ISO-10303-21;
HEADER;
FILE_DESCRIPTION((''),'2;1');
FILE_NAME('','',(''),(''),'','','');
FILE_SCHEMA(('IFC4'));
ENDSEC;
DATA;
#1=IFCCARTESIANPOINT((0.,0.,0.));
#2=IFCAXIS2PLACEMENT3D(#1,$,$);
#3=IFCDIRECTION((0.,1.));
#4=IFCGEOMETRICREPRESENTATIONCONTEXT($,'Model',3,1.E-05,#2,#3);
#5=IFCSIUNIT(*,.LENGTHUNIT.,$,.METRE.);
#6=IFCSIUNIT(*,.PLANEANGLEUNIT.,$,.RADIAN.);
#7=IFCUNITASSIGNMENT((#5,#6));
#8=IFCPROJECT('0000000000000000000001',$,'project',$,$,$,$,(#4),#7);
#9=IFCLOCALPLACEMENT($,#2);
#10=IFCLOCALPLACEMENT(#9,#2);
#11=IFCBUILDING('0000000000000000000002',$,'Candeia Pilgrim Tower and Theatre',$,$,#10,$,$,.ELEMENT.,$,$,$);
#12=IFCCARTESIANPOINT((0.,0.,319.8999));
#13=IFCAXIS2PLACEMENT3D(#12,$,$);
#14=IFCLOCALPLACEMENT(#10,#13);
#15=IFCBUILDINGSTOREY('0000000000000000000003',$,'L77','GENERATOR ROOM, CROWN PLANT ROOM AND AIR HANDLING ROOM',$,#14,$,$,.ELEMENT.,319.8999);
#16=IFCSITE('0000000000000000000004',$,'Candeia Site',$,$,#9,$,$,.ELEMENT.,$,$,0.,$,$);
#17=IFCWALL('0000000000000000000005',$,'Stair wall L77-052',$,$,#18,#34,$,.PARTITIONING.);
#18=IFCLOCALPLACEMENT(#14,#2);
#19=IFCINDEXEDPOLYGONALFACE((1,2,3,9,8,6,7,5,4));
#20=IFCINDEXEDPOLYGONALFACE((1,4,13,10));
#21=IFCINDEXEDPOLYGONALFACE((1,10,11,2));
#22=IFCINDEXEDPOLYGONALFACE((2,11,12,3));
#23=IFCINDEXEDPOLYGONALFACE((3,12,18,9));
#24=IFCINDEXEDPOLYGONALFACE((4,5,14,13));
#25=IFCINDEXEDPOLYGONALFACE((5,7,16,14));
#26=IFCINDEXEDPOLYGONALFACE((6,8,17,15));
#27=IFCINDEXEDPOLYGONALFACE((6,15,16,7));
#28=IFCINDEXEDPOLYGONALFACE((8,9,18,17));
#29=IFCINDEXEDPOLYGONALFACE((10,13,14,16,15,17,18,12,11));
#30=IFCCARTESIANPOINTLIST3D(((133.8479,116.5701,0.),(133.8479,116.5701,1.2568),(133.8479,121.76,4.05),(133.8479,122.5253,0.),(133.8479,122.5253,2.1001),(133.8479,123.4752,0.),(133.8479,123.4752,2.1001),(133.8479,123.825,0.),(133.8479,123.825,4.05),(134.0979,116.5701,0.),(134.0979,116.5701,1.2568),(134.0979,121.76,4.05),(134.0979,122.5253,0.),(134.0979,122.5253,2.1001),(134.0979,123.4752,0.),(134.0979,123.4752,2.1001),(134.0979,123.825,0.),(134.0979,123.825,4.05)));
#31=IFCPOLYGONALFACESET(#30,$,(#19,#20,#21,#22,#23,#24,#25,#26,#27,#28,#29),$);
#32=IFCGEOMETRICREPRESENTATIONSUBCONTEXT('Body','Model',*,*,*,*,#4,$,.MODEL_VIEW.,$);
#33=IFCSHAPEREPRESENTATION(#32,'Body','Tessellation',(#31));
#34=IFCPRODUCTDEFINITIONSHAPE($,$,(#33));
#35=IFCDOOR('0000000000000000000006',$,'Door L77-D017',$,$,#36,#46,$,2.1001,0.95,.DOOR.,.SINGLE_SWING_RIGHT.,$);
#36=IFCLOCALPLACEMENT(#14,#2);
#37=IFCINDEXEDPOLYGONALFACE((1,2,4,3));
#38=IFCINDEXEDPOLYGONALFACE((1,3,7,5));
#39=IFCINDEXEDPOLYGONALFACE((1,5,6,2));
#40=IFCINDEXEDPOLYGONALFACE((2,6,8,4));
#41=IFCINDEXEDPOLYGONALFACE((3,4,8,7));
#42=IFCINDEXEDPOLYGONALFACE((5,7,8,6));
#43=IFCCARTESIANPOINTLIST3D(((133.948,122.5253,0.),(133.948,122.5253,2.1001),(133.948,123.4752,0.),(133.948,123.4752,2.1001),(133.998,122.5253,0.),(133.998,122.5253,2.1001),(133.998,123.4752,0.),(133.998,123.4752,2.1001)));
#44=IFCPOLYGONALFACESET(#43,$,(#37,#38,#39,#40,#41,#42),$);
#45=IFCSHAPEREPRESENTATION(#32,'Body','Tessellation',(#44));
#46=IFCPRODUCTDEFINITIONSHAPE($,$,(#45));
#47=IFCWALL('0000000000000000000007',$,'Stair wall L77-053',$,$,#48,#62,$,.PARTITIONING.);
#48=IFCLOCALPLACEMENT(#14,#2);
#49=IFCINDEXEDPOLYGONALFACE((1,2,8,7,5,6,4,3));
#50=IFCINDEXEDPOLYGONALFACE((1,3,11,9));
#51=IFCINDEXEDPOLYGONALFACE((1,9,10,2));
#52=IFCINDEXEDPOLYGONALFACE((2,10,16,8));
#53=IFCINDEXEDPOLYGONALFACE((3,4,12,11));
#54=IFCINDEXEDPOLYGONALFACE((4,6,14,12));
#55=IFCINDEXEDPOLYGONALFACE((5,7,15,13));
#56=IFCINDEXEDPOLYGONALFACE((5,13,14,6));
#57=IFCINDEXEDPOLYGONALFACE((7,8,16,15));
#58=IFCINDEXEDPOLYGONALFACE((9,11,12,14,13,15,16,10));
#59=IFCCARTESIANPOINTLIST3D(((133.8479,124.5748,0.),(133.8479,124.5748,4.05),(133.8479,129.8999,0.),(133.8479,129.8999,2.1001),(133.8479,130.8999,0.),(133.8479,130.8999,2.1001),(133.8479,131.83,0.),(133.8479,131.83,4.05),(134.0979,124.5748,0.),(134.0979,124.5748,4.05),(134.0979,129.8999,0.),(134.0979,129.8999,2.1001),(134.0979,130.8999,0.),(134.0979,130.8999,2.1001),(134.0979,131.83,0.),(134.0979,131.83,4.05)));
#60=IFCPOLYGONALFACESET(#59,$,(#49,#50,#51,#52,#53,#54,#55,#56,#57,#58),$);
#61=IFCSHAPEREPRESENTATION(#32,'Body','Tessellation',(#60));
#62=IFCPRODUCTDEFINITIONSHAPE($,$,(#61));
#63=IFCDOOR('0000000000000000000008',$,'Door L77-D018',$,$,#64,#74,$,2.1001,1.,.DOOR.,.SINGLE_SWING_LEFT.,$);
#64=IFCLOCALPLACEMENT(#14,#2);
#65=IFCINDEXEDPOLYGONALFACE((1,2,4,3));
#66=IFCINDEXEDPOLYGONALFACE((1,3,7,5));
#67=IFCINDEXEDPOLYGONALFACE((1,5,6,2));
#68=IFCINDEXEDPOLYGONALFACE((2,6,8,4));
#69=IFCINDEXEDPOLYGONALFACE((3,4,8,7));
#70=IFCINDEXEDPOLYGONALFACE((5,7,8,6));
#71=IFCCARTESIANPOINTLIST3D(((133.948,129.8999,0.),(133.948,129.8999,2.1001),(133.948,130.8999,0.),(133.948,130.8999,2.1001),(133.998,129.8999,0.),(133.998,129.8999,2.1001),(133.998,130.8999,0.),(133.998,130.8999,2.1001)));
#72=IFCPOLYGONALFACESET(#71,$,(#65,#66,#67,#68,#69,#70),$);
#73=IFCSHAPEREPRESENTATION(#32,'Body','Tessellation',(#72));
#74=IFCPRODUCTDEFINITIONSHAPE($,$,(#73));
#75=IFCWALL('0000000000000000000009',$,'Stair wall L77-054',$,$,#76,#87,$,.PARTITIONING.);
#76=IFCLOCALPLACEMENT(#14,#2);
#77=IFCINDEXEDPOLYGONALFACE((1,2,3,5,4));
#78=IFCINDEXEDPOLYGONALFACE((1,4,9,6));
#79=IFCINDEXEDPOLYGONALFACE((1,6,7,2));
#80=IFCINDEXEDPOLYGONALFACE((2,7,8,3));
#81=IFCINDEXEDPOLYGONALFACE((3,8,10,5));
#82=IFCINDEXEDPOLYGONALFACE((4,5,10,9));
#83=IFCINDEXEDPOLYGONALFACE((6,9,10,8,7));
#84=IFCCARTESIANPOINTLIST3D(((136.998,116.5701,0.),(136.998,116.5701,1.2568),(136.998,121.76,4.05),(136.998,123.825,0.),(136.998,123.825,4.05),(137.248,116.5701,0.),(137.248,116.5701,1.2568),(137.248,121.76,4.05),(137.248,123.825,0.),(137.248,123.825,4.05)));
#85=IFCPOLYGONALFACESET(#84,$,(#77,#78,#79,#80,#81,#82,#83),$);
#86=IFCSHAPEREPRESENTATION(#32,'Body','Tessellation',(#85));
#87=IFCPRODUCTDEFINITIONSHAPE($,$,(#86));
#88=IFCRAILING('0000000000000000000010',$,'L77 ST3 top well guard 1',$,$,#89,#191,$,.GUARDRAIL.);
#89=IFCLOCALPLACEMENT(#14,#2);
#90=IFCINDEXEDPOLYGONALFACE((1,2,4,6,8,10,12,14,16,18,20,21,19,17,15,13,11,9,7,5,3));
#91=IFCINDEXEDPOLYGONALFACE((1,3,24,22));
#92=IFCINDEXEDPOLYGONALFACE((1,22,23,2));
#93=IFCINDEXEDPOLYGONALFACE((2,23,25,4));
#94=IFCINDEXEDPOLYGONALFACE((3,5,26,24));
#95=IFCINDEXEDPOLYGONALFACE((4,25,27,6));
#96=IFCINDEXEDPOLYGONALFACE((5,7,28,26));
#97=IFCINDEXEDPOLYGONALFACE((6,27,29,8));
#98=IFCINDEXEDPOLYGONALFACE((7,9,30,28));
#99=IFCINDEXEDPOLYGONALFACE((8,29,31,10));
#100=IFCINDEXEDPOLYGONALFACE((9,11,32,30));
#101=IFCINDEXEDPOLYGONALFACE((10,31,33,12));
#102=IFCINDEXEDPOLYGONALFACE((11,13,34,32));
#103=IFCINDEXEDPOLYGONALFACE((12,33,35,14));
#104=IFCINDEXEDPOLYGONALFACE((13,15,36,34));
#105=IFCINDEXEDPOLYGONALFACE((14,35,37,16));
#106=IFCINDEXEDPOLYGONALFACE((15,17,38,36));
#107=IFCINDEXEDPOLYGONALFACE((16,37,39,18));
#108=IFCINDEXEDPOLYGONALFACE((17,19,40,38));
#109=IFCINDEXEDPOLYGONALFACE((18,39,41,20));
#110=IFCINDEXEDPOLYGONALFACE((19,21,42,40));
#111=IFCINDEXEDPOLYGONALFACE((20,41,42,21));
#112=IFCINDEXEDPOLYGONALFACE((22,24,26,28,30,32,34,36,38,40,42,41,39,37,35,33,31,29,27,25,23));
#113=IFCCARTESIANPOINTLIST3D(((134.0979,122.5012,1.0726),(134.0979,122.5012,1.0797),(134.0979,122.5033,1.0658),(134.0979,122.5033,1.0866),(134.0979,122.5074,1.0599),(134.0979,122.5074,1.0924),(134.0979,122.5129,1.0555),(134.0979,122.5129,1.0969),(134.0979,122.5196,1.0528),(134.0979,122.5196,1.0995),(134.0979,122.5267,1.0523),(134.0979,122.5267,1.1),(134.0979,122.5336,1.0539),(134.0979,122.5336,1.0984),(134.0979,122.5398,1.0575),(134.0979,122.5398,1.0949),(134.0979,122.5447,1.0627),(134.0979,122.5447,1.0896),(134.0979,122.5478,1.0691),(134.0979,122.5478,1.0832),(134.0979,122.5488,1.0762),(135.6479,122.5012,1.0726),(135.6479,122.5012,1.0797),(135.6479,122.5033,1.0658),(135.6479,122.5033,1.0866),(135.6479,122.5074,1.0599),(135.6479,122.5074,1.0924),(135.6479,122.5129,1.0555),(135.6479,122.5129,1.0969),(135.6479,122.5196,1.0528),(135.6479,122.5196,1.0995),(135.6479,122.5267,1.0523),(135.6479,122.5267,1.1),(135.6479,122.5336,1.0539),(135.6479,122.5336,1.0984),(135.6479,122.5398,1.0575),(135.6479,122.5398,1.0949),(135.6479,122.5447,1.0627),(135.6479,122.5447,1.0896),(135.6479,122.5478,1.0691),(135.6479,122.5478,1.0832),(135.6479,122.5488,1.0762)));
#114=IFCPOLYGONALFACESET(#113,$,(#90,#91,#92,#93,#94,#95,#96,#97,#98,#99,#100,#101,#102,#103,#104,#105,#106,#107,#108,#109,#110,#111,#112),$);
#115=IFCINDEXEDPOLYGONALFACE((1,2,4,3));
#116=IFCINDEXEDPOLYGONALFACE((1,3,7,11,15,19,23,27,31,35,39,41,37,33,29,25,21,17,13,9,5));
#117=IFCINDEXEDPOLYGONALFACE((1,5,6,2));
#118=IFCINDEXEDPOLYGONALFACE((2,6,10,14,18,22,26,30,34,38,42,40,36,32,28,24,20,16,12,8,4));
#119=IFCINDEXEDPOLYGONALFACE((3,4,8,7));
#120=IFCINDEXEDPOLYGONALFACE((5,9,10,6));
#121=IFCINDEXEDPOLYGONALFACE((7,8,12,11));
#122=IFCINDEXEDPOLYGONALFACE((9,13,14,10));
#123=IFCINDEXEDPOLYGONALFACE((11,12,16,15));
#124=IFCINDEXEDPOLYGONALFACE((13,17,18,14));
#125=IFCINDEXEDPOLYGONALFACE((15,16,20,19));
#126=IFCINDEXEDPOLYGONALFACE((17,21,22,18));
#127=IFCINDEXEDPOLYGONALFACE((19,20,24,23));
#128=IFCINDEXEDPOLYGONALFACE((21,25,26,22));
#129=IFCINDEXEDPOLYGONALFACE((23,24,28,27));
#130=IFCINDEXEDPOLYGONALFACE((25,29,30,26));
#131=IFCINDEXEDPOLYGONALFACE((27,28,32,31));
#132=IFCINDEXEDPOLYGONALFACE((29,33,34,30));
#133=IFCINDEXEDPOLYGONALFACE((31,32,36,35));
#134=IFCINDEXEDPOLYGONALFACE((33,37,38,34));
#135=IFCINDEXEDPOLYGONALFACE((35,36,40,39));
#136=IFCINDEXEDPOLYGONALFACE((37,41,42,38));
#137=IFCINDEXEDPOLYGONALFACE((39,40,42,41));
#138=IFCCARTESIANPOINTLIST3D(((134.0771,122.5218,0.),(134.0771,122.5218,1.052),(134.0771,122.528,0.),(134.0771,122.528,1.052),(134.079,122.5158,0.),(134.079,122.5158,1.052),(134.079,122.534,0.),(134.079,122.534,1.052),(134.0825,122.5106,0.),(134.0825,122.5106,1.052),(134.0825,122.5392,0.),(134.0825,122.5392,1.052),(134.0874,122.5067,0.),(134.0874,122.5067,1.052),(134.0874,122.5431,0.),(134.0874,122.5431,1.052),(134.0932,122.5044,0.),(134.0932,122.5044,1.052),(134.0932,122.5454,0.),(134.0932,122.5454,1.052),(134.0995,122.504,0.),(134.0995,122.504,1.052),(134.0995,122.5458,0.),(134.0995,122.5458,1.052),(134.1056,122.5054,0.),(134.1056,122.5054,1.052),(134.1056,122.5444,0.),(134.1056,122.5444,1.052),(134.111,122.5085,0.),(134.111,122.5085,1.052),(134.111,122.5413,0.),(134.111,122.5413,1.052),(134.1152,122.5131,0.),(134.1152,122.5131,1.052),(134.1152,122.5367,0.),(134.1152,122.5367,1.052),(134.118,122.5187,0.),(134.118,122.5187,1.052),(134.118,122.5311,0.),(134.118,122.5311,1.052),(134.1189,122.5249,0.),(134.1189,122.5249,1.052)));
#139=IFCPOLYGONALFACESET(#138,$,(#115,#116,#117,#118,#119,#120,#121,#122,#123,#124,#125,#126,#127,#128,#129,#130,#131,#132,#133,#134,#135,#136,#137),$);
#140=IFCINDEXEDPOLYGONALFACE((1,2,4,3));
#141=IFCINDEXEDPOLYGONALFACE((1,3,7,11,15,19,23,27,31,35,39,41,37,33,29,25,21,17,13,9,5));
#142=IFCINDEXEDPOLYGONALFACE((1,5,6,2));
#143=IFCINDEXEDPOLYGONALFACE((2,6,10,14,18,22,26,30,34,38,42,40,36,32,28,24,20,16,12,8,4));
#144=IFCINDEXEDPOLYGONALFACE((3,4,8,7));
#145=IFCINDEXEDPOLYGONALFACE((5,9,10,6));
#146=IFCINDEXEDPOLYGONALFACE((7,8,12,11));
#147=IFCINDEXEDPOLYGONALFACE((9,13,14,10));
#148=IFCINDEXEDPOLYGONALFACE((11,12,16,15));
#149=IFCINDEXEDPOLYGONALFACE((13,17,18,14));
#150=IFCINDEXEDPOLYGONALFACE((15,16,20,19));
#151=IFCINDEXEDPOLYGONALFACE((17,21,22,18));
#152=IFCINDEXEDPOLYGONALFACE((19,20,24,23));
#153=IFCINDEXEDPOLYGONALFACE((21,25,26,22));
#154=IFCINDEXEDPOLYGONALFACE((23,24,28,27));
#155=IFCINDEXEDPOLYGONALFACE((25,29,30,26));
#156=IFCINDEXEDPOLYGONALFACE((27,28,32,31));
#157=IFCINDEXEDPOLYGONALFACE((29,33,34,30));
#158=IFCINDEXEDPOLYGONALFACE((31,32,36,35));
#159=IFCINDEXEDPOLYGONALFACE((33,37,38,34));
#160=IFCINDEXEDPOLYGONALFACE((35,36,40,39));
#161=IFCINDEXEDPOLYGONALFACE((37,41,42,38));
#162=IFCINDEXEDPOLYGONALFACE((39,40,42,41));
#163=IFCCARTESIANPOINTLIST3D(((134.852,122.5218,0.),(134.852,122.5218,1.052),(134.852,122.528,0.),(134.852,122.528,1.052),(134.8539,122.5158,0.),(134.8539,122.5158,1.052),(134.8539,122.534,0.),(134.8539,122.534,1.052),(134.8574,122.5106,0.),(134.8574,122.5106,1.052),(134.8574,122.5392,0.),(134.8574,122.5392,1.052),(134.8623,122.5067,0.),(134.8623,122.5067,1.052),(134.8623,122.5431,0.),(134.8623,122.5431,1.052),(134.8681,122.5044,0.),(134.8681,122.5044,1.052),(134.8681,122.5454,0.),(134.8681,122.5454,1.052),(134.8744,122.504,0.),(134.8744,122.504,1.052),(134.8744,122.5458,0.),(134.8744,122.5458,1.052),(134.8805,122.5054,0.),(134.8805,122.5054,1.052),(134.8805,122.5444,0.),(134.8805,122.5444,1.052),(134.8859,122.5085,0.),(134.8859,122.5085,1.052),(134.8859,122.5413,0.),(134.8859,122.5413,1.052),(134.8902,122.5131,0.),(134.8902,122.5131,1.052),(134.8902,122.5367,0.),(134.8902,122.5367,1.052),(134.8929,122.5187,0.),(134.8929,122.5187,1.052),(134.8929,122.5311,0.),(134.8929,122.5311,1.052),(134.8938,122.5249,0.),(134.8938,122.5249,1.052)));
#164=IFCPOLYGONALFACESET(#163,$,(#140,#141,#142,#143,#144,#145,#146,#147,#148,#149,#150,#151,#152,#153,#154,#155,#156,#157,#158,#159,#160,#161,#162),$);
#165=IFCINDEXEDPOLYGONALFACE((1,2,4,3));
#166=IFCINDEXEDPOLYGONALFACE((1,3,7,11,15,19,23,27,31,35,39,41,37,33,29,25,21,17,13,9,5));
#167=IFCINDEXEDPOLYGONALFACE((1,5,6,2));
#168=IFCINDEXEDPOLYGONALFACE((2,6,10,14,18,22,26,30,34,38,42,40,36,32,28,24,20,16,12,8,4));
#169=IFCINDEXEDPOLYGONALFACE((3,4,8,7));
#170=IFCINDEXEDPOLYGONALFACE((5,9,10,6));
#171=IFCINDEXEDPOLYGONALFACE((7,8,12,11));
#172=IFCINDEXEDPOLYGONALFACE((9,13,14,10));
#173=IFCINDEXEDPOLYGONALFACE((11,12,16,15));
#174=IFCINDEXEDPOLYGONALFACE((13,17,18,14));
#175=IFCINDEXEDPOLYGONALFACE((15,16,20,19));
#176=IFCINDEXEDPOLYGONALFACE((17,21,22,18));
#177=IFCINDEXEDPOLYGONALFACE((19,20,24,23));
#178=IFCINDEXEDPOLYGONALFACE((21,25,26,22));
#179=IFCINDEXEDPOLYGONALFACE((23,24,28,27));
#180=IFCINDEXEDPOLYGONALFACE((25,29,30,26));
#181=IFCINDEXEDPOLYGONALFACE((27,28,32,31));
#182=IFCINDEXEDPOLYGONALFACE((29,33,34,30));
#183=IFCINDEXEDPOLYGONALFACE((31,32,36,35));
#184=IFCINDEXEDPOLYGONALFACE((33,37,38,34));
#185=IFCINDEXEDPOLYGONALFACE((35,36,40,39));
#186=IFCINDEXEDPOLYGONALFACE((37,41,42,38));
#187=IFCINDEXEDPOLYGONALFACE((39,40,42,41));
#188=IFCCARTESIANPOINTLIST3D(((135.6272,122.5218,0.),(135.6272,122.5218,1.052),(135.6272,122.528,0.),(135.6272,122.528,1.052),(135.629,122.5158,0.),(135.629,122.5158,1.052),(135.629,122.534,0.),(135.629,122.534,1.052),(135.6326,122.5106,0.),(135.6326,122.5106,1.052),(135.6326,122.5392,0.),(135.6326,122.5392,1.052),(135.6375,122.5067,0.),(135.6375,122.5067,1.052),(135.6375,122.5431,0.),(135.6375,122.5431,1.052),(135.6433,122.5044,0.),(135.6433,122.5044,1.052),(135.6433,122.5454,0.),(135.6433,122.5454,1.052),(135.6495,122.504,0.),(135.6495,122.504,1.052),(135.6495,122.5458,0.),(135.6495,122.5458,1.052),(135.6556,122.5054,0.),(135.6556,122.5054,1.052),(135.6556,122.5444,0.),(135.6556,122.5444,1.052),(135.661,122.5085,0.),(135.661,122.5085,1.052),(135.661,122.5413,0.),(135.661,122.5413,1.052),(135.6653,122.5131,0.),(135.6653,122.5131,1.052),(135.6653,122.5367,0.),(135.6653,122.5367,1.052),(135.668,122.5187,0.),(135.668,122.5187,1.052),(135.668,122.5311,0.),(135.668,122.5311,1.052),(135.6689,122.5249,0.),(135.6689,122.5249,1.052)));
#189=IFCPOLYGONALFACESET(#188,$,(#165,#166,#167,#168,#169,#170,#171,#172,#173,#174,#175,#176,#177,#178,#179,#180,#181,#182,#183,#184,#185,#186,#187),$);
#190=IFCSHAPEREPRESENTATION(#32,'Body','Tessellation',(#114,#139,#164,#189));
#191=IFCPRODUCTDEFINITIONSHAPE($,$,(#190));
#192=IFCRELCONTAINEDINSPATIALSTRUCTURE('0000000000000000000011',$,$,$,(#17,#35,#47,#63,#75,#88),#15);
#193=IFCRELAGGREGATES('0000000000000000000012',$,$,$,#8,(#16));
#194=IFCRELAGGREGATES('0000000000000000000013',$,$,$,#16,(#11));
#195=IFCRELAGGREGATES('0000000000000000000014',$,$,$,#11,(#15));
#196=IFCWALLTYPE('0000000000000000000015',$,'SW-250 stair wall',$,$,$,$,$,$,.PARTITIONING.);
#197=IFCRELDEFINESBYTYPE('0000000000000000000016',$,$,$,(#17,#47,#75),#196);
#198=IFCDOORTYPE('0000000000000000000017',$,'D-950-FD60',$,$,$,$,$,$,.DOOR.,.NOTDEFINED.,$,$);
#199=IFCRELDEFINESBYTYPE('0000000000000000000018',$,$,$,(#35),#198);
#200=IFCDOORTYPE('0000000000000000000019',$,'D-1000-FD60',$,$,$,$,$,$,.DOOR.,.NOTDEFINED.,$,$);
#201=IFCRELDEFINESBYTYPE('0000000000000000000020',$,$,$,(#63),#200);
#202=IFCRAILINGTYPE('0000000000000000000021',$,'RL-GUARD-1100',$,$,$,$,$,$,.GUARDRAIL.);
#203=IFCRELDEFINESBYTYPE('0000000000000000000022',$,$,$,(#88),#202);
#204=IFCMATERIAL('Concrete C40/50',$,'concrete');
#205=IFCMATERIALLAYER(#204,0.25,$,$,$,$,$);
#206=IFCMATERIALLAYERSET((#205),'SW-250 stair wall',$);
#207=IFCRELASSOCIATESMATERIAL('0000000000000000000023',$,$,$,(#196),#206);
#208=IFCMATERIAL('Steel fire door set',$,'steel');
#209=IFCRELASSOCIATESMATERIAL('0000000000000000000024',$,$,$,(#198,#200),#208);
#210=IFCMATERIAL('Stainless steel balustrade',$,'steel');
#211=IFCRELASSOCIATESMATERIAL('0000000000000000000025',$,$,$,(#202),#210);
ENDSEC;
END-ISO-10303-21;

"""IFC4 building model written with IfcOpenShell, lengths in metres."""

from ifc_helpers import new_model, si_unit, direction, frame, frame_2d, origin, origin_2d, place, context, subcontext, project, spatial, polyline, rectangle, circle, outline, extrude, material, layer, layer_set, type_object, element, fill, save


model = new_model("IFC4")

# Units and contexts
model_context = context("Model", 3, precision=1e-05, world=origin(), true_north=direction((0.0, 1.0)))
body_context = subcontext(model_context, "Body", "Model", "MODEL_VIEW")
ifc_project = project(units=[si_unit("LENGTHUNIT", "METRE"), si_unit("PLANEANGLEUNIT", "RADIAN")], contexts=[model_context])

# Site, building, storey
site_placement = place(None, origin())
site = spatial("IfcSite", under=ifc_project, at=site_placement, Name="Candeia Site", CompositionType="ELEMENT", RefElevation=0.0)
building_placement = place(site_placement, origin())
building = spatial("IfcBuilding", under=site, at=building_placement, Name="Candeia Pilgrim Tower and Theatre", CompositionType="ELEMENT")
storey_placement = place(building_placement, frame((0.0, 0.0, 319.8999)))
storey = spatial("IfcBuildingStorey", under=building, at=storey_placement, Name="L77", Description="GENERATOR ROOM, CROWN PLANT ROOM AND AIR HANDLING ROOM", CompositionType="ELEMENT", Elevation=319.8999)

# Shared definitions
ifc_material_1 = material(Name="Concrete C40/50", Category="concrete")

# Shared definitions
ifc_material_2 = material(Name="Steel fire door set", Category="steel")

# Shared definitions
ifc_layer_1 = layer(ifc_material_1, 0.25)
ifc_layer_set_1 = layer_set([ifc_layer_1], Name="SW-250 stair wall")
wall_type_1 = type_object("IfcWallType", Name="SW-250 stair wall", PredefinedType="PARTITIONING", material=ifc_layer_set_1)

# Walls, openings, doors
wall_1_placement = place(storey_placement, frame((133.9729, 116.5701, 0.0), z_axis=(0.0, 0.0, 1.0), x_axis=(0.0, 1.0, 0.0)))
wall_1 = element("IfcWall", 1, at=wall_1_placement, inside=storey, type_object=wall_type_1, Name="Stair wall L77-052", PredefinedType="PARTITIONING", context=body_context, shape_type="SweptSolid", body=[
    extrude(outline(polyline([(0.0, 0.0), (7.2549, 0.0), (7.2549, 4.05), (5.1899, 4.05), (0.0, 1.2568), (0.0, 0.0)])), frame((0.0, 0.125, 0.0), z_axis=(0.0, -1.0, 0.0), x_axis=(1.0, 0.0, 0.0)), (0.0, 0.0, 1.0), 0.25),
])
opening_1_placement = place(wall_1_placement, frame((5.9551, 0.0, 0.0)))
opening_1 = element("IfcOpeningElement", 2, at=opening_1_placement, cuts=wall_1, PredefinedType="OPENING", context=body_context, shape_type="SweptSolid", body=[
    extrude(rectangle(XDim=0.95, YDim=2.1001, at=frame_2d((0.4751, 1.05))), frame((0.0, 0.135, 0.0), z_axis=(0.0, -1.0, 0.0), x_axis=(1.0, 0.0, 0.0)), (0.0, 0.0, 1.0), 0.27),
])
door_type_1 = type_object("IfcDoorType", Name="D-950-FD60", OperationType="NOTDEFINED", PredefinedType="DOOR", material=ifc_material_2)
door_1_placement = place(opening_1_placement, origin())
door_1 = element("IfcDoor", 3, at=door_1_placement, inside=storey, type_object=door_type_1, Name="Door L77-D017", OperationType="SINGLE_SWING_RIGHT", OverallHeight=2.1001, OverallWidth=0.95, PredefinedType="DOOR", context=body_context, shape_type="SweptSolid", body=[
    extrude(rectangle(XDim=0.95, YDim=2.1001, at=frame_2d((0.4751, 1.05))), frame((0.0, 0.0249, 0.0), z_axis=(0.0, -1.0, 0.0), x_axis=(1.0, 0.0, 0.0)), (0.0, 0.0, 1.0), 0.05),
])
fill(opening_1, door_1)
wall_2_placement = place(storey_placement, frame((133.9729, 124.575, 0.0), z_axis=(0.0, 0.0, 1.0), x_axis=(0.0, 1.0, 0.0)))
wall_2 = element("IfcWall", 4, at=wall_2_placement, inside=storey, type_object=wall_type_1, Name="Stair wall L77-053", PredefinedType="PARTITIONING", context=body_context, shape_type="SweptSolid", body=[
    extrude(rectangle(XDim=7.2551, YDim=0.25, at=frame_2d((3.6274, 0.0))), origin(), (0.0, 0.0, 1.0), 4.05),
])
opening_2_placement = place(wall_2_placement, frame((5.325, 0.0, 0.0)))
opening_2 = element("IfcOpeningElement", 5, at=opening_2_placement, cuts=wall_2, PredefinedType="OPENING", context=body_context, shape_type="SweptSolid", body=[
    extrude(rectangle(XDim=1.0, YDim=2.1001, at=frame_2d((0.5, 1.05))), frame((0.0, 0.135, 0.0), z_axis=(0.0, -1.0, 0.0), x_axis=(1.0, 0.0, 0.0)), (0.0, 0.0, 1.0), 0.27),
])
door_type_2 = type_object("IfcDoorType", Name="D-1000-FD60", OperationType="NOTDEFINED", PredefinedType="DOOR", material=ifc_material_2)
door_2_placement = place(opening_2_placement, origin())
door_2 = element("IfcDoor", 6, at=door_2_placement, inside=storey, type_object=door_type_2, Name="Door L77-D018", OperationType="SINGLE_SWING_LEFT", OverallHeight=2.1001, OverallWidth=1.0, PredefinedType="DOOR", context=body_context, shape_type="SweptSolid", body=[
    extrude(rectangle(XDim=1.0, YDim=2.1001, at=frame_2d((0.5, 1.05))), frame((0.0, 0.0249, 0.0), z_axis=(0.0, -1.0, 0.0), x_axis=(1.0, 0.0, 0.0)), (0.0, 0.0, 1.0), 0.05),
])
fill(opening_2, door_2)

# Wall
wall_3_placement = place(storey_placement, frame((137.123, 116.5701, 0.0), z_axis=(0.0, 0.0, 1.0), x_axis=(0.0, 1.0, 0.0)))
element("IfcWall", 7, at=wall_3_placement, inside=storey, type_object=wall_type_1, Name="Stair wall L77-054", PredefinedType="PARTITIONING", context=body_context, shape_type="SweptSolid", body=[
    extrude(outline(polyline([(0.0, 0.0), (7.2549, 0.0), (7.2549, 4.05), (5.1899, 4.05), (0.0, 1.2568), (0.0, 0.0)])), frame((0.0, 0.125, 0.0), z_axis=(0.0, -1.0, 0.0), x_axis=(1.0, 0.0, 0.0)), (0.0, 0.0, 1.0), 0.25),
])

# Railing
ifc_material_3 = material(Name="Stainless steel balustrade", Category="steel")
railing_type = type_object("IfcRailingType", Name="RL-GUARD-1100", PredefinedType="GUARDRAIL", material=ifc_material_3)
railing_placement = place(storey_placement, frame((134.0979, 122.5249, 0.0)))
element("IfcRailing", 8, at=railing_placement, inside=storey, type_object=railing_type, Name="L77 ST3 top well guard 1", PredefinedType="GUARDRAIL", context=body_context, shape_type="SweptSolid", body=[
    extrude(circle(Radius=0.0239, at=origin_2d()), frame((0.0, 0.0, 1.0762), z_axis=(1.0, 0.0, 0.0), x_axis=(0.0, 1.0, 0.0)), (0.0, 0.0, 1.0), 1.55),
    extrude(circle(Radius=0.021, at=origin_2d()), origin(), (0.0, 0.0, 1.0), 1.052),
    extrude(circle(Radius=0.021, at=origin_2d()), frame((0.7749, 0.0, 0.0)), (0.0, 0.0, 1.0), 1.052),
    extrude(circle(Radius=0.021, at=origin_2d()), frame((1.55, 0.0, 0.0)), (0.0, 0.0, 1.0), 1.052),
])

save(model, "model.ifc")
